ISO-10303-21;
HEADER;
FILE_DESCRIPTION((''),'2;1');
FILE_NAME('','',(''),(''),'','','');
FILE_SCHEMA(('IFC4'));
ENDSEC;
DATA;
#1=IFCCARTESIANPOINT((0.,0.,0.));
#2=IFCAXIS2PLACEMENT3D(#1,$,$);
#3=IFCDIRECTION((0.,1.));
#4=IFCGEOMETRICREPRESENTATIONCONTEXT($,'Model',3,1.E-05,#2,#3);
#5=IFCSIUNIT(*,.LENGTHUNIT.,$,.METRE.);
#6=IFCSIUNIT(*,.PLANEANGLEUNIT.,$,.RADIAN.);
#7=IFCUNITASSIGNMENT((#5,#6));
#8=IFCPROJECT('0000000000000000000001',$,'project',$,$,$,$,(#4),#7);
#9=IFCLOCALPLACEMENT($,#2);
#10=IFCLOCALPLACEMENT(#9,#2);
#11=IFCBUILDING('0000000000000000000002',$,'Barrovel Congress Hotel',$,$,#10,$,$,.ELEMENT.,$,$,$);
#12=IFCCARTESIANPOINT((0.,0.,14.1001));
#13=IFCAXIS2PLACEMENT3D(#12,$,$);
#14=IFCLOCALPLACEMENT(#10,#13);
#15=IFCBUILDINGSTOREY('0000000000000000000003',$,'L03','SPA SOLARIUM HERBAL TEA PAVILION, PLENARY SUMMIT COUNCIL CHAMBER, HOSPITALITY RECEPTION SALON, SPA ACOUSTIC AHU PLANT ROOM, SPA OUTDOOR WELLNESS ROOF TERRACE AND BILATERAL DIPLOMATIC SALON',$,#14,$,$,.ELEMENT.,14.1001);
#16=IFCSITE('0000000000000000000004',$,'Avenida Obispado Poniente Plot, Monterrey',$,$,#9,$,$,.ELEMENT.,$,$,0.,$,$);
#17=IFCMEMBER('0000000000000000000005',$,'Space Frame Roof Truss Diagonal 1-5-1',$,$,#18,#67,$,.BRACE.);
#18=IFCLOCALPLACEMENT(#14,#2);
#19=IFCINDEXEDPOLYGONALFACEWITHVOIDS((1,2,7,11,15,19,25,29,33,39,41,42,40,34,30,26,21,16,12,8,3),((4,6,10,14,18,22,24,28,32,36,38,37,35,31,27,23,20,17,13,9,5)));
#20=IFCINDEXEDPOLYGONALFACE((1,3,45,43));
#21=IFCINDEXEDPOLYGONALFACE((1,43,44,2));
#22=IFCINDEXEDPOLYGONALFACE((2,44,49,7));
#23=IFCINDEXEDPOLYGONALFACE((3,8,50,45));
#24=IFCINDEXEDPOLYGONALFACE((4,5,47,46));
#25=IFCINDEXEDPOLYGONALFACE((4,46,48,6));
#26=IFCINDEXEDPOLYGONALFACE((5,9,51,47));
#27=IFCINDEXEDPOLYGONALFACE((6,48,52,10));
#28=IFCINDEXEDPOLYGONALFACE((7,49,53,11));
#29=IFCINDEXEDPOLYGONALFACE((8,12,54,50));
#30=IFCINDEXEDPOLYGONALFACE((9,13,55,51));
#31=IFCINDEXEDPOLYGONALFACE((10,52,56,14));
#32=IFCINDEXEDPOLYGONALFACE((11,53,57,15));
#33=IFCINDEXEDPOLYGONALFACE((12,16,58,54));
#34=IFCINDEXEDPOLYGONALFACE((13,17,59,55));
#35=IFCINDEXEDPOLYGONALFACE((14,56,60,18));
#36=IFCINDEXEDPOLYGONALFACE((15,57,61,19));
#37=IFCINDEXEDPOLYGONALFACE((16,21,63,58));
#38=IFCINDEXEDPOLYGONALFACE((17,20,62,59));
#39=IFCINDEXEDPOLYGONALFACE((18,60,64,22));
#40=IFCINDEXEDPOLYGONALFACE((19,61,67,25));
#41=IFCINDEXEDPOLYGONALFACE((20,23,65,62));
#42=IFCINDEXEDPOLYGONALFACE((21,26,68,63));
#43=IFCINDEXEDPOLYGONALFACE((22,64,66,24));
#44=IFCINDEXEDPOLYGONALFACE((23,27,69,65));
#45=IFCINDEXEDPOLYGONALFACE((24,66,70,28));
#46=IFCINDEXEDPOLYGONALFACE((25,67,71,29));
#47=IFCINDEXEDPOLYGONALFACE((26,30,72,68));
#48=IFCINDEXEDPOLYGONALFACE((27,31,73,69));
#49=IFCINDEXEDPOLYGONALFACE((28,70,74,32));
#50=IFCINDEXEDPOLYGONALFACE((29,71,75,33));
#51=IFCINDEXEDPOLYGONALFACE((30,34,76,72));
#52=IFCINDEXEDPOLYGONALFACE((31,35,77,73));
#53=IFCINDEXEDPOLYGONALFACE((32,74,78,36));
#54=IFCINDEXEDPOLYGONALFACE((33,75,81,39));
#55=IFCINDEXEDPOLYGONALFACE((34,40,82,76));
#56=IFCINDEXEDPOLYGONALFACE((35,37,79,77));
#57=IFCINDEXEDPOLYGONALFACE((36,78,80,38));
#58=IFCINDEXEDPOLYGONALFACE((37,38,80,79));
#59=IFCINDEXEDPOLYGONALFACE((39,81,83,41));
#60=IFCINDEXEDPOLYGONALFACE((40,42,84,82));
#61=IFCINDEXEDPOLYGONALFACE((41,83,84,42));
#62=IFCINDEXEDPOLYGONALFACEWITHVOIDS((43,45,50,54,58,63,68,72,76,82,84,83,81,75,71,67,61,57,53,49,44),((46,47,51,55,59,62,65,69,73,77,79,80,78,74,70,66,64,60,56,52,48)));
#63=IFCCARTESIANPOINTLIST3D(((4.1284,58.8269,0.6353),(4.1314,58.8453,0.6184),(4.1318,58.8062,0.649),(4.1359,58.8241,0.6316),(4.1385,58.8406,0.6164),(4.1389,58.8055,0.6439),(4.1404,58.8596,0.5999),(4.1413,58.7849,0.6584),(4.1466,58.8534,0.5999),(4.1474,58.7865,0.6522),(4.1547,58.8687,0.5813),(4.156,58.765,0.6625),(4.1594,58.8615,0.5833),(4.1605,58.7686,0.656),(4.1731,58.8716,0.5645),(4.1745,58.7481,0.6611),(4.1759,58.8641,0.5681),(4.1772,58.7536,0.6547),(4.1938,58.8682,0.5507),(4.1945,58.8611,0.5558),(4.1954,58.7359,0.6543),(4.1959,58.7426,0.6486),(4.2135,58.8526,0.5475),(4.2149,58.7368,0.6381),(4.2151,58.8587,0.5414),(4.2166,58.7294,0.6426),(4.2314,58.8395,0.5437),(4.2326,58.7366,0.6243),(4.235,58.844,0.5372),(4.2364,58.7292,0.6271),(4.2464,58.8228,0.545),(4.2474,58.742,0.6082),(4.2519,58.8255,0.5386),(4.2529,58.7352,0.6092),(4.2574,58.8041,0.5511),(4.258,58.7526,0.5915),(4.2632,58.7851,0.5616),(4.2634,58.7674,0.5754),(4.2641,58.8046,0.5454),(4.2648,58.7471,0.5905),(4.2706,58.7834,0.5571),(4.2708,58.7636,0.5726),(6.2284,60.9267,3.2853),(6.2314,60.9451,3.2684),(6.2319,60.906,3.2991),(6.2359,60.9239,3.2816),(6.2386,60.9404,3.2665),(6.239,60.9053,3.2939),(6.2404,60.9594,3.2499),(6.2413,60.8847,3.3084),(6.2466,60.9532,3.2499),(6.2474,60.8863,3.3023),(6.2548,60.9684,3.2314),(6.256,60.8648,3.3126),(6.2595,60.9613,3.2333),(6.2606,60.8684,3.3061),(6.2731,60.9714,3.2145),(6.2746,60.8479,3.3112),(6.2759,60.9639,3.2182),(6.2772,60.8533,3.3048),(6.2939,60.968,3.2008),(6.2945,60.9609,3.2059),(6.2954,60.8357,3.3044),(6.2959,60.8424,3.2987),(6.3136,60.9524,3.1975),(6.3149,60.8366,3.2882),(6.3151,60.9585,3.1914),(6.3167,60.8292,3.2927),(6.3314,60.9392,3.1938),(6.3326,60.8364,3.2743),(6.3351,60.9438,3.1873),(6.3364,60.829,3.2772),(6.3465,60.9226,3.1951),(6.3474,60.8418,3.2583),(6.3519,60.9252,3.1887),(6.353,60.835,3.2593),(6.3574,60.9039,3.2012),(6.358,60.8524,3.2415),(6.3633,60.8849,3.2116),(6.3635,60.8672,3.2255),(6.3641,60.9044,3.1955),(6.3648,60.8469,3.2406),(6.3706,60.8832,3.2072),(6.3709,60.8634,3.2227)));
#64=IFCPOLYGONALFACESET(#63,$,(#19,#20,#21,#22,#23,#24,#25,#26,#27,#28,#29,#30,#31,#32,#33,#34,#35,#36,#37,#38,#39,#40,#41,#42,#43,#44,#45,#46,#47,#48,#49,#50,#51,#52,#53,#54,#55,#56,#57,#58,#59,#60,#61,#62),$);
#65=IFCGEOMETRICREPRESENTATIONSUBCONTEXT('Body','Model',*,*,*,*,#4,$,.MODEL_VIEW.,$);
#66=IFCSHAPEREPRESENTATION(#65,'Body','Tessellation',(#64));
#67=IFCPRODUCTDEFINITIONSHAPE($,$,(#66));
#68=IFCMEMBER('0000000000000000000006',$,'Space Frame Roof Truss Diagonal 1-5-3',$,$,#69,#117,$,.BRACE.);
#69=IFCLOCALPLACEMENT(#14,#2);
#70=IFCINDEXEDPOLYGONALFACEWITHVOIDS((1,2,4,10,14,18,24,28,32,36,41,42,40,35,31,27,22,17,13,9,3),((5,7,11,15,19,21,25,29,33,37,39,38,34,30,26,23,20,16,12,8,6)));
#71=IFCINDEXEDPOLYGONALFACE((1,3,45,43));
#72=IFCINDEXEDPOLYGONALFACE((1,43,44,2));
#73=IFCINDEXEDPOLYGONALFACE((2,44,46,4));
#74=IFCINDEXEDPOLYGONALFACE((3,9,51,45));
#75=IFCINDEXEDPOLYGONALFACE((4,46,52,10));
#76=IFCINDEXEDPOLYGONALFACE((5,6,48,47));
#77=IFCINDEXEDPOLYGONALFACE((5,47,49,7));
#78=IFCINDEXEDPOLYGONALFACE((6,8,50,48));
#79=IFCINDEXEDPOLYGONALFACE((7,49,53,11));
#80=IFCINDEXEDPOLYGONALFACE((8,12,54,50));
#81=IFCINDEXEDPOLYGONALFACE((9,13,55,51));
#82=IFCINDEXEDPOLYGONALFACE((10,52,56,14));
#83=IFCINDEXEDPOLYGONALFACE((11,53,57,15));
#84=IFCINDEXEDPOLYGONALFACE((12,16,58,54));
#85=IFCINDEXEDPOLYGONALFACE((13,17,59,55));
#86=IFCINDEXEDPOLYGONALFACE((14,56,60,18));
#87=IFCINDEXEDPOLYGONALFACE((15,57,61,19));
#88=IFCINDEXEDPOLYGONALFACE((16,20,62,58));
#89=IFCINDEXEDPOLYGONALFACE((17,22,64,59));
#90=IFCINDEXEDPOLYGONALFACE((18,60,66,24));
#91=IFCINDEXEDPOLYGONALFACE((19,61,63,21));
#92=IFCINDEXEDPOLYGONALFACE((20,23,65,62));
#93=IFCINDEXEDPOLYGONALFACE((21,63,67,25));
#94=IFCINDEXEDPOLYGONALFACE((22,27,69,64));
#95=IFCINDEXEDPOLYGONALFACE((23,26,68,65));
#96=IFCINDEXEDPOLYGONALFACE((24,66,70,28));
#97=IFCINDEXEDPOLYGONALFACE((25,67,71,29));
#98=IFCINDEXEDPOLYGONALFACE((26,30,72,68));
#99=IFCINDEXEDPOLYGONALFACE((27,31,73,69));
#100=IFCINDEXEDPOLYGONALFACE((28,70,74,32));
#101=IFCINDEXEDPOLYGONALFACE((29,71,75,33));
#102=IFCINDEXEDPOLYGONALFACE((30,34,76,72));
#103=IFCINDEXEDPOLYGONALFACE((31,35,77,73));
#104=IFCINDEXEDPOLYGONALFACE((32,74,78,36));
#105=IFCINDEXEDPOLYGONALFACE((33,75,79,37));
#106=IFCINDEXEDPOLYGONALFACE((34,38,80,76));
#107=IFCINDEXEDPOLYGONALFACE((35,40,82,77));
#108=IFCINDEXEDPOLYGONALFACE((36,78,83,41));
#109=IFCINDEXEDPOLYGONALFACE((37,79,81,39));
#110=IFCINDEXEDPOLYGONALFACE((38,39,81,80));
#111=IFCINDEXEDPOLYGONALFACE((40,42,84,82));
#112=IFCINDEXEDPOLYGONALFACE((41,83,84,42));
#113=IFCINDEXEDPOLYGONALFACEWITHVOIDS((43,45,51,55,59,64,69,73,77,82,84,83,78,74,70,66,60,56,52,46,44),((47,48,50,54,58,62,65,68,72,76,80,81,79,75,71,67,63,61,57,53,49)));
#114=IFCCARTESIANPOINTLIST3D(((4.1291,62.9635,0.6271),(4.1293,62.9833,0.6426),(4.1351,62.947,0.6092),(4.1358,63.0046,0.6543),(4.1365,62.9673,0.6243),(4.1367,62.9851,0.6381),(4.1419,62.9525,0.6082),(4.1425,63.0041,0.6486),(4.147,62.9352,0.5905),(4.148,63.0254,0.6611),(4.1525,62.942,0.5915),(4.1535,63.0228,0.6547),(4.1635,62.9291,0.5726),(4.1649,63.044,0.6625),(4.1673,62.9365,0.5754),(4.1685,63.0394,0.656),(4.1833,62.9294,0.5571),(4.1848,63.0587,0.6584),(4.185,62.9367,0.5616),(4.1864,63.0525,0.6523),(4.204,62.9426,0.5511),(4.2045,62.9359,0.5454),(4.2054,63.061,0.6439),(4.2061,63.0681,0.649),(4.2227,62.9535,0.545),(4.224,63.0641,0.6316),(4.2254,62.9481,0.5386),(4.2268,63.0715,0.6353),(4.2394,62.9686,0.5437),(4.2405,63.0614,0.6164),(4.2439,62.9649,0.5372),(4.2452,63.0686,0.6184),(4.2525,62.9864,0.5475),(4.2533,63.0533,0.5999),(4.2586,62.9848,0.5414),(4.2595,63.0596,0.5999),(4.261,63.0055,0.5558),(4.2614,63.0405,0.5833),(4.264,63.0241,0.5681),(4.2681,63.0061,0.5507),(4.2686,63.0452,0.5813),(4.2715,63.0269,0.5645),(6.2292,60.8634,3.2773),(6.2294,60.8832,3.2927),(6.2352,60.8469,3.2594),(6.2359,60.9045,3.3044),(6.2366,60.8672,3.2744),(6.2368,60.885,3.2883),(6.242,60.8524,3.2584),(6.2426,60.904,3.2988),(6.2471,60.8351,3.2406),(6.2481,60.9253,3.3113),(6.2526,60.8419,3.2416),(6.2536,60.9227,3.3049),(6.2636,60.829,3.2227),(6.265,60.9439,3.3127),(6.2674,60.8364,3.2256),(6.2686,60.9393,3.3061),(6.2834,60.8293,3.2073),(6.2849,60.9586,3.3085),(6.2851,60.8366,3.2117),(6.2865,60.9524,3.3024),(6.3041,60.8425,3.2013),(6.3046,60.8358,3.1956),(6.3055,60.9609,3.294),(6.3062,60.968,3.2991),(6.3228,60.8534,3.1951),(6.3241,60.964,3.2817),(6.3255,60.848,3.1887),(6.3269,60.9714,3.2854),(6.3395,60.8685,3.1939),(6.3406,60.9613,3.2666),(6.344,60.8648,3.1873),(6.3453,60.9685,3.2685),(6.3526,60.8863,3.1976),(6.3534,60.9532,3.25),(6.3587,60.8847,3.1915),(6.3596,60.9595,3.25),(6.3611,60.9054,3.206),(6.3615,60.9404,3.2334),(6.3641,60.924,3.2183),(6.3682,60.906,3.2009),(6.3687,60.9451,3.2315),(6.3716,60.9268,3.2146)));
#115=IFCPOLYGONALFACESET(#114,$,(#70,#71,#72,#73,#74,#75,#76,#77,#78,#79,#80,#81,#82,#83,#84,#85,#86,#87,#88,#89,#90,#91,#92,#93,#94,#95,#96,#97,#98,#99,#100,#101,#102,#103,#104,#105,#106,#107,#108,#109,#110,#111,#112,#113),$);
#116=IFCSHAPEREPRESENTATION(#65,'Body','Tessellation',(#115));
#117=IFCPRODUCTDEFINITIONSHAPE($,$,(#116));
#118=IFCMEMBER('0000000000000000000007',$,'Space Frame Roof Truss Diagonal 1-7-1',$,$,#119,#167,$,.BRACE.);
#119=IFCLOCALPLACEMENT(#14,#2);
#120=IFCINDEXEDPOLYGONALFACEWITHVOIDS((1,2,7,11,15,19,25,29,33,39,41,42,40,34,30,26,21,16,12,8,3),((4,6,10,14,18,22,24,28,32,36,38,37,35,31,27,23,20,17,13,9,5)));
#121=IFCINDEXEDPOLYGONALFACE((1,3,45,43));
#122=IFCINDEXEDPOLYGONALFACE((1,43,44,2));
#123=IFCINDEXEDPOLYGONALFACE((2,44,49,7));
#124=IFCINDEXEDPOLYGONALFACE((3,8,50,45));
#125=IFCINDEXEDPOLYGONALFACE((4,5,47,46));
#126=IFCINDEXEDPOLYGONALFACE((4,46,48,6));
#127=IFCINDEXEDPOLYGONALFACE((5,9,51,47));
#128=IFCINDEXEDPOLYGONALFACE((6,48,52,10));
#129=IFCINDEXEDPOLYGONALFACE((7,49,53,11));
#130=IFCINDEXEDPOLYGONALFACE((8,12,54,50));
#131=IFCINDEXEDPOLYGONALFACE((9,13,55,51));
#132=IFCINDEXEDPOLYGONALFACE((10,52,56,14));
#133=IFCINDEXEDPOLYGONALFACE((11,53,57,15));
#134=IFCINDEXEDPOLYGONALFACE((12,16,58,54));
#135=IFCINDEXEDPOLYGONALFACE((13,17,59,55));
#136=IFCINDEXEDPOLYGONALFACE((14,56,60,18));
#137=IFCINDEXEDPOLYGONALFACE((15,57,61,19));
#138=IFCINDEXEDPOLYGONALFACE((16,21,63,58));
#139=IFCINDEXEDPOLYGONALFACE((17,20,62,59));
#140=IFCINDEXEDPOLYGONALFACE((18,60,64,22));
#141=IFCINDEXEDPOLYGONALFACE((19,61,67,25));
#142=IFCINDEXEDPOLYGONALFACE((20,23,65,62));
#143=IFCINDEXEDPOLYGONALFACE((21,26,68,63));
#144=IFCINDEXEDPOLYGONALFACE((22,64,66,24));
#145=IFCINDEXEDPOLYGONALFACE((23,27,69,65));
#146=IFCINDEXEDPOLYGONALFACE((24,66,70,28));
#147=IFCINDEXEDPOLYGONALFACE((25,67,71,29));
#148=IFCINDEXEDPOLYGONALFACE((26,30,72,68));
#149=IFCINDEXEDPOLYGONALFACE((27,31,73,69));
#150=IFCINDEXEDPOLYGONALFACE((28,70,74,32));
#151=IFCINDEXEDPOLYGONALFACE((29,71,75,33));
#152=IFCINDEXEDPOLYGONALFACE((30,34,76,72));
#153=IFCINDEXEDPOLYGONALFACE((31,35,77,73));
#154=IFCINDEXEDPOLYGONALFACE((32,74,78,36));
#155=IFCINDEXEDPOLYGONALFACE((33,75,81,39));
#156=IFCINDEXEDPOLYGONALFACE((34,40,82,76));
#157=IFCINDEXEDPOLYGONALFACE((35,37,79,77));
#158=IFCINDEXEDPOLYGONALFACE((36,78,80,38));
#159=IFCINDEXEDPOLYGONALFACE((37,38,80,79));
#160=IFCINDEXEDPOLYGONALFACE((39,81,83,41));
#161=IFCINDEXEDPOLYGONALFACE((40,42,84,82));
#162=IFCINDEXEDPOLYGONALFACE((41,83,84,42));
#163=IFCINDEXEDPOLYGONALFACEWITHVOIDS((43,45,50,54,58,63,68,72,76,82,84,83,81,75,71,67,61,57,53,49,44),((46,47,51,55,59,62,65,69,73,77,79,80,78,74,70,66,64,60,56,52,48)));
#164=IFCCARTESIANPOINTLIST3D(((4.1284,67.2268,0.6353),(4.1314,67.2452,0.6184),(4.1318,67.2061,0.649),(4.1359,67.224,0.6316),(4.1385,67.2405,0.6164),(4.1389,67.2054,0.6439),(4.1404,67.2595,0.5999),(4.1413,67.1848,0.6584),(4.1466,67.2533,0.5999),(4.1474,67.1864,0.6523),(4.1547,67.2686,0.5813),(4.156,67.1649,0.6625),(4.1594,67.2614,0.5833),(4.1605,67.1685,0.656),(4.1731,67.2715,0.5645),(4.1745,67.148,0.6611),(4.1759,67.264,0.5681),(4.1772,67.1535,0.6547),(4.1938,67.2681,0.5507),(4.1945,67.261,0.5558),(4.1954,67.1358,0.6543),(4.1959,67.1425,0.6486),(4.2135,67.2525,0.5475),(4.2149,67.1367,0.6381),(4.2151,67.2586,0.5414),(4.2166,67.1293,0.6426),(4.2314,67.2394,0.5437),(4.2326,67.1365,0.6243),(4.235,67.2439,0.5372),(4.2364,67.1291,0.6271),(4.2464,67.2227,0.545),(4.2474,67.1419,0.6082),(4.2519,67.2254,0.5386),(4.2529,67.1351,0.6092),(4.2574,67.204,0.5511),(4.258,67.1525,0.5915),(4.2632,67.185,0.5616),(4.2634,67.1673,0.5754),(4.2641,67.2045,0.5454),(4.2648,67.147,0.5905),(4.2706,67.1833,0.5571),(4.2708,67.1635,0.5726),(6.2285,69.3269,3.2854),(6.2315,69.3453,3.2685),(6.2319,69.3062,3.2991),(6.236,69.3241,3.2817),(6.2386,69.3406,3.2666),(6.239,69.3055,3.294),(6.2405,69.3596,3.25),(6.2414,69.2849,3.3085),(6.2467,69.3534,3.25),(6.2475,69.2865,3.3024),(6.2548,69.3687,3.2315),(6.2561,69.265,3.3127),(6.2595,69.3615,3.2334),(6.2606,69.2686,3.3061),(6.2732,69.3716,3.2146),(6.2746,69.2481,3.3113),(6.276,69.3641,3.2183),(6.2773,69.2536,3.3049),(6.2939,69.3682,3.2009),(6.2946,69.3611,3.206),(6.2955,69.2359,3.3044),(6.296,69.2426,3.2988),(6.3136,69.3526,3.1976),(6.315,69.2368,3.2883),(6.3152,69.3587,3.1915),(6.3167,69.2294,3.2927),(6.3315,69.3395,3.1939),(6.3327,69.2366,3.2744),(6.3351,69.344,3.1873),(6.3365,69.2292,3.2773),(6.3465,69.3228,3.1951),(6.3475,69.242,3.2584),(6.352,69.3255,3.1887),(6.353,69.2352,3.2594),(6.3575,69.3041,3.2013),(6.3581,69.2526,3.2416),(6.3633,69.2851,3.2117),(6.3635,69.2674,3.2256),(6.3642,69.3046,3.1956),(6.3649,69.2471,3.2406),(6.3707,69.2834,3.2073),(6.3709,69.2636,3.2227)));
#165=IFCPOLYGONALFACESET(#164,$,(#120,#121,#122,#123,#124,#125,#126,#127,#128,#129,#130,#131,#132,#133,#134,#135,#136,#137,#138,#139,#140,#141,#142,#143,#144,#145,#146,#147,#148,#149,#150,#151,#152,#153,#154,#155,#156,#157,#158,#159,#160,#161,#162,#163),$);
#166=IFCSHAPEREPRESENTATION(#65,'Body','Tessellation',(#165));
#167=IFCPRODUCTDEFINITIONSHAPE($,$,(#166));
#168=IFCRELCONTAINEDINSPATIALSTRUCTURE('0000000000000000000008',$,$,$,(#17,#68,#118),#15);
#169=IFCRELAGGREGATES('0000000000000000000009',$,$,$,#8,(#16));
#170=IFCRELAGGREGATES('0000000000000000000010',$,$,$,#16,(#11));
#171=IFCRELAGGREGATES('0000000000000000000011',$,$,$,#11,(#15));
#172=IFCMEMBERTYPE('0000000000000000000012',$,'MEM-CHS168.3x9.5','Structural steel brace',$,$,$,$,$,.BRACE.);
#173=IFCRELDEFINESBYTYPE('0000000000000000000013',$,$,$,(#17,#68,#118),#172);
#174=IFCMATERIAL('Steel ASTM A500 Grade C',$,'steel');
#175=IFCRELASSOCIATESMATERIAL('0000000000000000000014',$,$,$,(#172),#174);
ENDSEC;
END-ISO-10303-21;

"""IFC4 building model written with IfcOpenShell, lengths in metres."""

from ifc_helpers import new_model, si_unit, direction, frame, origin, origin_2d, place, context, subcontext, project, spatial, hollow_circle, extrude, material, material_profile, profile_set, type_object, element, save


model = new_model("IFC4")

# Units and contexts
model_context = context("Model", 3, precision=1e-05, world=origin(), true_north=direction((0.0, 1.0)))
body_context = subcontext(model_context, "Body", "Model", "MODEL_VIEW")
ifc_project = project(units=[si_unit("LENGTHUNIT", "METRE"), si_unit("PLANEANGLEUNIT", "RADIAN")], contexts=[model_context])

# Site, building, storey
site_placement = place(None, origin())
site = spatial("IfcSite", under=ifc_project, at=site_placement, Name="Avenida Obispado Poniente Plot, Monterrey", CompositionType="ELEMENT", RefElevation=0.0)
building_placement = place(site_placement, origin())
building = spatial("IfcBuilding", under=site, at=building_placement, Name="Barrovel Congress Hotel", CompositionType="ELEMENT")
storey_placement = place(building_placement, frame((0.0, 0.0, 14.1001)))
storey = spatial("IfcBuildingStorey", under=building, at=storey_placement, Name="L03", Description="SPA SOLARIUM HERBAL TEA PAVILION, PLENARY SUMMIT COUNCIL CHAMBER, HOSPITALITY RECEPTION SALON, SPA ACOUSTIC AHU PLANT ROOM, SPA OUTDOOR WELLNESS ROOF TERRACE AND BILATERAL DIPLOMATIC SALON", CompositionType="ELEMENT", Elevation=14.1001)

# Members
ifc_material_1 = material(Name="Steel ASTM A500 Grade C", Category="steel")
ifc_material_profile_1 = material_profile(ifc_material_1, hollow_circle(Radius=0.0842, WallThickness=0.0088, at=origin_2d()), Name="CHS168.3x9.5")
ifc_profile_set_1 = profile_set([ifc_material_profile_1], Name="Steel ASTM A500 Grade C")
member_type_1 = type_object("IfcMemberType", Name="MEM-CHS168.3x9.5", Description="Structural steel brace", PredefinedType="BRACE", material=ifc_profile_set_1)
member_1_placement = place(storey_placement, frame((4.2, 58.8, 0.5999), z_axis=(0.527618, 0.527557, 0.66581), x_axis=(-0.707066, 0.707148, 0.0)))
element("IfcMember", 1, at=member_1_placement, inside=storey, type_object=member_type_1, Name="Space Frame Roof Truss Diagonal 1-5-1", PredefinedType="BRACE", context=body_context, shape_type="SweptSolid", body=[
    extrude(hollow_circle(Radius=0.0842, WallThickness=0.0088, at=origin_2d()), origin(), (0.0, 0.0, 1.0), 3.9802),
])
for number, where, z_axis, x_axis, name in (
    (2, (4.2, 63.0, 0.5999), (0.527601, -0.527601, 0.665788), (0.707107, 0.707107, 0.0), "Space Frame Roof Truss Diagonal 1-5-3"),
    (3, (4.2, 67.2, 0.5999), (0.527601, 0.527601, 0.665788), (-0.707107, 0.707107, 0.0), "Space Frame Roof Truss Diagonal 1-7-1"),
):
    element("IfcMember", number, at=place(storey_placement, frame(where, z_axis=z_axis, x_axis=x_axis)), inside=storey, type_object=member_type_1, Name=name, PredefinedType="BRACE", context=body_context, shape_type="SweptSolid", body=[
        extrude(hollow_circle(Radius=0.0842, WallThickness=0.0088, at=origin_2d()), origin(), (0.0, 0.0, 1.0), 3.9805),
    ])

save(model, "model.ifc")
